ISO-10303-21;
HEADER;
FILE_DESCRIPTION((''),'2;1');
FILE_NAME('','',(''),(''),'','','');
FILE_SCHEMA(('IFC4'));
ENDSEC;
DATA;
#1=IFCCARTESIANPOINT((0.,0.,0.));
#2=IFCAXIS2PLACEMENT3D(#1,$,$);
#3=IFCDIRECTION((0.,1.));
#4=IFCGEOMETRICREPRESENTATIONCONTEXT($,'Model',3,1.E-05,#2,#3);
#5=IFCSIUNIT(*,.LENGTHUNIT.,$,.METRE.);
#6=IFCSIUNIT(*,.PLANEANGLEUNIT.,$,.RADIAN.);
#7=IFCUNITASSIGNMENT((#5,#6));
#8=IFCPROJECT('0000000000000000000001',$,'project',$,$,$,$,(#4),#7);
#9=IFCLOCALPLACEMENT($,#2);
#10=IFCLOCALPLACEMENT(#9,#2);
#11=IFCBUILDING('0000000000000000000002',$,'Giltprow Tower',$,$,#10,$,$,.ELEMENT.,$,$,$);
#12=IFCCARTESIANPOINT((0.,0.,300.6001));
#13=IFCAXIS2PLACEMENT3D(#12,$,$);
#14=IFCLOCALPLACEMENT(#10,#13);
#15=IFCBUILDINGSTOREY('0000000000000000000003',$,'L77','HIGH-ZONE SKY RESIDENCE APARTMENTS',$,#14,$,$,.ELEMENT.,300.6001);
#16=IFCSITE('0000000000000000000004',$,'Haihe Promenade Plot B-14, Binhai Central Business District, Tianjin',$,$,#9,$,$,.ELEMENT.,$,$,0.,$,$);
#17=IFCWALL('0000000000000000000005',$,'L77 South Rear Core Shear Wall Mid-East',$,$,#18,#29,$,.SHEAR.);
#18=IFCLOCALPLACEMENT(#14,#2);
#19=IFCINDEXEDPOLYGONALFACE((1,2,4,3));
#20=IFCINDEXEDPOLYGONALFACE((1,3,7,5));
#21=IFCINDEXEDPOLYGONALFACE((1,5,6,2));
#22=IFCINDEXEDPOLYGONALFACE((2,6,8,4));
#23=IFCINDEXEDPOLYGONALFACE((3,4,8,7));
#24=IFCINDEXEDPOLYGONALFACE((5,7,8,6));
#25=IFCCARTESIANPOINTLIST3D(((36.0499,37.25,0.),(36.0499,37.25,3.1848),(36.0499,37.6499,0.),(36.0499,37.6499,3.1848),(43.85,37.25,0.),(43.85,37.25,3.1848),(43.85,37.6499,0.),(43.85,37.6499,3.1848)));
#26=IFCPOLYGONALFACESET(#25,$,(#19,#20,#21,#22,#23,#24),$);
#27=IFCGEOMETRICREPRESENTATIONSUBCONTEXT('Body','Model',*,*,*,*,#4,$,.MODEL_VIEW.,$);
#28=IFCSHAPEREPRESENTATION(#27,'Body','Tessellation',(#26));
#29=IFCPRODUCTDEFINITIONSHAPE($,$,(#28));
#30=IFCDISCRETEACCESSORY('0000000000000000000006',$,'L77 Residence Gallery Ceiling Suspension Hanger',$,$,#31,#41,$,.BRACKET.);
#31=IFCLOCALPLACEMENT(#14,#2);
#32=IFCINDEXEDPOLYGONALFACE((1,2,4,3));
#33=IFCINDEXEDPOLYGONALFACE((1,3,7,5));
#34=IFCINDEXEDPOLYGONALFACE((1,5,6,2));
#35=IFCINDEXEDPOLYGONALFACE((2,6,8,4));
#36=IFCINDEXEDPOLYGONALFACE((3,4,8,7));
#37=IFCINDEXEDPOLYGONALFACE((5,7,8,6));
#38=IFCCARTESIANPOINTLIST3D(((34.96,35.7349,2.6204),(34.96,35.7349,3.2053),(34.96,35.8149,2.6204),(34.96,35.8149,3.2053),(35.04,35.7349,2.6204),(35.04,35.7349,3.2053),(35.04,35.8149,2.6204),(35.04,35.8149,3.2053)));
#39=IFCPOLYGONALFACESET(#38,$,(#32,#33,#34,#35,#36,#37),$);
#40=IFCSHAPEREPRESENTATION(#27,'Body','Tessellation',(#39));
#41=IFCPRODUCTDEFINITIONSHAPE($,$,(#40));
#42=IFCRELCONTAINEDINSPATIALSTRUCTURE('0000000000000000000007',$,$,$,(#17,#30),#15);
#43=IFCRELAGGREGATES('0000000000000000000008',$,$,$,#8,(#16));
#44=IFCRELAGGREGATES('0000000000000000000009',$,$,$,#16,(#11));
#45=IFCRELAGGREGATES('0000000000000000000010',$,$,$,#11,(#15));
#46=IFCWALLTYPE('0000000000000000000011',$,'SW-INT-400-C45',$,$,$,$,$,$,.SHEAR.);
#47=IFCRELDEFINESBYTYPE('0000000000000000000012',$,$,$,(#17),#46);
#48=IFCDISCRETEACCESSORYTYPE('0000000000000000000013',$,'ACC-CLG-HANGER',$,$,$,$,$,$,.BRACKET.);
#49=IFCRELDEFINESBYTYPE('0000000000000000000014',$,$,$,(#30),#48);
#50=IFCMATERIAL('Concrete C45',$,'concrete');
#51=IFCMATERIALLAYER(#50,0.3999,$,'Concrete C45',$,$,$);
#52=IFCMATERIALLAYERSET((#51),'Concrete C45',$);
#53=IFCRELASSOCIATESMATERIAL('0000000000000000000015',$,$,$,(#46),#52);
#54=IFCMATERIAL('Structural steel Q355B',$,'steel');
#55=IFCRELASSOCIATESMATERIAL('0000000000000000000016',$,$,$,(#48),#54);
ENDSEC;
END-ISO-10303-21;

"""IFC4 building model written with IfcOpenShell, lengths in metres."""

from ifc_helpers import new_model, si_unit, direction, frame, frame_2d, origin, origin_2d, place, context, subcontext, project, spatial, rectangle, extrude, source, transform, mapped, material, layer, layer_set, type_object, element, save


model = new_model("IFC4")

# Units and contexts
model_context = context("Model", 3, precision=1e-05, world=origin(), true_north=direction((0.0, 1.0)))
body_context = subcontext(model_context, "Body", "Model", "MODEL_VIEW")
ifc_project = project(units=[si_unit("LENGTHUNIT", "METRE"), si_unit("PLANEANGLEUNIT", "RADIAN")], contexts=[model_context])

# Site, building, storey
site_placement = place(None, origin())
site = spatial("IfcSite", under=ifc_project, at=site_placement, Name="Haihe Promenade Plot B-14, Binhai Central Business District, Tianjin", CompositionType="ELEMENT", RefElevation=0.0)
building_placement = place(site_placement, origin())
building = spatial("IfcBuilding", under=site, at=building_placement, Name="Giltprow Tower", CompositionType="ELEMENT")
storey_placement = place(building_placement, frame((0.0, 0.0, 300.6001)))
storey = spatial("IfcBuildingStorey", under=building, at=storey_placement, Name="L77", Description="HIGH-ZONE SKY RESIDENCE APARTMENTS", CompositionType="ELEMENT", Elevation=300.6001)

# Shared definitions
ifc_material_1 = material(Name="Concrete C45", Category="concrete")

# Shared definitions
ifc_material_2 = material(Name="Structural steel Q355B", Category="steel")

# Wall
ifc_layer_1 = layer(ifc_material_1, 0.3999, Name="Concrete C45")
ifc_layer_set_1 = layer_set([ifc_layer_1], Name="Concrete C45")
wall_type_1 = type_object("IfcWallType", Name="SW-INT-400-C45", PredefinedType="SHEAR", material=ifc_layer_set_1)
wall_1_placement = place(storey_placement, frame((36.05, 37.45, 0.0), z_axis=(0.0, 0.0, 1.0), x_axis=(1.0, 0.0, 0.0)))
element("IfcWall", 1, at=wall_1_placement, inside=storey, type_object=wall_type_1, Name="L77 South Rear Core Shear Wall Mid-East", PredefinedType="SHEAR", context=body_context, shape_type="SweptSolid", body=[
    extrude(rectangle(XDim=7.8, YDim=0.3999, at=frame_2d((3.8999, 0.0))), origin(), (0.0, 0.0, 1.0), 3.1848),
])

# Discrete accessory
discrete_accessory_type = type_object("IfcDiscreteAccessoryType", Name="ACC-CLG-HANGER", PredefinedType="BRACKET", material=ifc_material_2)
shared_shape_1 = source(origin(), body_context, "Body", "SweptSolid", [
    extrude(rectangle(XDim=0.0801, YDim=0.0801, at=origin_2d()), origin(), (0.0, 0.0, 1.0), 0.585),
])
discrete_accessory_placement = place(storey_placement, frame((35.0, 35.7749, 2.6204), z_axis=(0.0, 0.0, 1.0), x_axis=(1.0, 0.0, 0.0)))
element("IfcDiscreteAccessory", 2, at=discrete_accessory_placement, inside=storey, type_object=discrete_accessory_type, Name="L77 Residence Gallery Ceiling Suspension Hanger", PredefinedType="BRACKET", context=body_context, shape_type="MappedRepresentation", body=[
    mapped(shared_shape_1, transform((0.0, 0.0, 0.0), x_axis=(1.0, 0.0, 0.0), y_axis=(0.0, 1.0, 0.0), z_axis=(0.0, 0.0, 1.0), scale=1.0)),
])

save(model, "model.ifc")
